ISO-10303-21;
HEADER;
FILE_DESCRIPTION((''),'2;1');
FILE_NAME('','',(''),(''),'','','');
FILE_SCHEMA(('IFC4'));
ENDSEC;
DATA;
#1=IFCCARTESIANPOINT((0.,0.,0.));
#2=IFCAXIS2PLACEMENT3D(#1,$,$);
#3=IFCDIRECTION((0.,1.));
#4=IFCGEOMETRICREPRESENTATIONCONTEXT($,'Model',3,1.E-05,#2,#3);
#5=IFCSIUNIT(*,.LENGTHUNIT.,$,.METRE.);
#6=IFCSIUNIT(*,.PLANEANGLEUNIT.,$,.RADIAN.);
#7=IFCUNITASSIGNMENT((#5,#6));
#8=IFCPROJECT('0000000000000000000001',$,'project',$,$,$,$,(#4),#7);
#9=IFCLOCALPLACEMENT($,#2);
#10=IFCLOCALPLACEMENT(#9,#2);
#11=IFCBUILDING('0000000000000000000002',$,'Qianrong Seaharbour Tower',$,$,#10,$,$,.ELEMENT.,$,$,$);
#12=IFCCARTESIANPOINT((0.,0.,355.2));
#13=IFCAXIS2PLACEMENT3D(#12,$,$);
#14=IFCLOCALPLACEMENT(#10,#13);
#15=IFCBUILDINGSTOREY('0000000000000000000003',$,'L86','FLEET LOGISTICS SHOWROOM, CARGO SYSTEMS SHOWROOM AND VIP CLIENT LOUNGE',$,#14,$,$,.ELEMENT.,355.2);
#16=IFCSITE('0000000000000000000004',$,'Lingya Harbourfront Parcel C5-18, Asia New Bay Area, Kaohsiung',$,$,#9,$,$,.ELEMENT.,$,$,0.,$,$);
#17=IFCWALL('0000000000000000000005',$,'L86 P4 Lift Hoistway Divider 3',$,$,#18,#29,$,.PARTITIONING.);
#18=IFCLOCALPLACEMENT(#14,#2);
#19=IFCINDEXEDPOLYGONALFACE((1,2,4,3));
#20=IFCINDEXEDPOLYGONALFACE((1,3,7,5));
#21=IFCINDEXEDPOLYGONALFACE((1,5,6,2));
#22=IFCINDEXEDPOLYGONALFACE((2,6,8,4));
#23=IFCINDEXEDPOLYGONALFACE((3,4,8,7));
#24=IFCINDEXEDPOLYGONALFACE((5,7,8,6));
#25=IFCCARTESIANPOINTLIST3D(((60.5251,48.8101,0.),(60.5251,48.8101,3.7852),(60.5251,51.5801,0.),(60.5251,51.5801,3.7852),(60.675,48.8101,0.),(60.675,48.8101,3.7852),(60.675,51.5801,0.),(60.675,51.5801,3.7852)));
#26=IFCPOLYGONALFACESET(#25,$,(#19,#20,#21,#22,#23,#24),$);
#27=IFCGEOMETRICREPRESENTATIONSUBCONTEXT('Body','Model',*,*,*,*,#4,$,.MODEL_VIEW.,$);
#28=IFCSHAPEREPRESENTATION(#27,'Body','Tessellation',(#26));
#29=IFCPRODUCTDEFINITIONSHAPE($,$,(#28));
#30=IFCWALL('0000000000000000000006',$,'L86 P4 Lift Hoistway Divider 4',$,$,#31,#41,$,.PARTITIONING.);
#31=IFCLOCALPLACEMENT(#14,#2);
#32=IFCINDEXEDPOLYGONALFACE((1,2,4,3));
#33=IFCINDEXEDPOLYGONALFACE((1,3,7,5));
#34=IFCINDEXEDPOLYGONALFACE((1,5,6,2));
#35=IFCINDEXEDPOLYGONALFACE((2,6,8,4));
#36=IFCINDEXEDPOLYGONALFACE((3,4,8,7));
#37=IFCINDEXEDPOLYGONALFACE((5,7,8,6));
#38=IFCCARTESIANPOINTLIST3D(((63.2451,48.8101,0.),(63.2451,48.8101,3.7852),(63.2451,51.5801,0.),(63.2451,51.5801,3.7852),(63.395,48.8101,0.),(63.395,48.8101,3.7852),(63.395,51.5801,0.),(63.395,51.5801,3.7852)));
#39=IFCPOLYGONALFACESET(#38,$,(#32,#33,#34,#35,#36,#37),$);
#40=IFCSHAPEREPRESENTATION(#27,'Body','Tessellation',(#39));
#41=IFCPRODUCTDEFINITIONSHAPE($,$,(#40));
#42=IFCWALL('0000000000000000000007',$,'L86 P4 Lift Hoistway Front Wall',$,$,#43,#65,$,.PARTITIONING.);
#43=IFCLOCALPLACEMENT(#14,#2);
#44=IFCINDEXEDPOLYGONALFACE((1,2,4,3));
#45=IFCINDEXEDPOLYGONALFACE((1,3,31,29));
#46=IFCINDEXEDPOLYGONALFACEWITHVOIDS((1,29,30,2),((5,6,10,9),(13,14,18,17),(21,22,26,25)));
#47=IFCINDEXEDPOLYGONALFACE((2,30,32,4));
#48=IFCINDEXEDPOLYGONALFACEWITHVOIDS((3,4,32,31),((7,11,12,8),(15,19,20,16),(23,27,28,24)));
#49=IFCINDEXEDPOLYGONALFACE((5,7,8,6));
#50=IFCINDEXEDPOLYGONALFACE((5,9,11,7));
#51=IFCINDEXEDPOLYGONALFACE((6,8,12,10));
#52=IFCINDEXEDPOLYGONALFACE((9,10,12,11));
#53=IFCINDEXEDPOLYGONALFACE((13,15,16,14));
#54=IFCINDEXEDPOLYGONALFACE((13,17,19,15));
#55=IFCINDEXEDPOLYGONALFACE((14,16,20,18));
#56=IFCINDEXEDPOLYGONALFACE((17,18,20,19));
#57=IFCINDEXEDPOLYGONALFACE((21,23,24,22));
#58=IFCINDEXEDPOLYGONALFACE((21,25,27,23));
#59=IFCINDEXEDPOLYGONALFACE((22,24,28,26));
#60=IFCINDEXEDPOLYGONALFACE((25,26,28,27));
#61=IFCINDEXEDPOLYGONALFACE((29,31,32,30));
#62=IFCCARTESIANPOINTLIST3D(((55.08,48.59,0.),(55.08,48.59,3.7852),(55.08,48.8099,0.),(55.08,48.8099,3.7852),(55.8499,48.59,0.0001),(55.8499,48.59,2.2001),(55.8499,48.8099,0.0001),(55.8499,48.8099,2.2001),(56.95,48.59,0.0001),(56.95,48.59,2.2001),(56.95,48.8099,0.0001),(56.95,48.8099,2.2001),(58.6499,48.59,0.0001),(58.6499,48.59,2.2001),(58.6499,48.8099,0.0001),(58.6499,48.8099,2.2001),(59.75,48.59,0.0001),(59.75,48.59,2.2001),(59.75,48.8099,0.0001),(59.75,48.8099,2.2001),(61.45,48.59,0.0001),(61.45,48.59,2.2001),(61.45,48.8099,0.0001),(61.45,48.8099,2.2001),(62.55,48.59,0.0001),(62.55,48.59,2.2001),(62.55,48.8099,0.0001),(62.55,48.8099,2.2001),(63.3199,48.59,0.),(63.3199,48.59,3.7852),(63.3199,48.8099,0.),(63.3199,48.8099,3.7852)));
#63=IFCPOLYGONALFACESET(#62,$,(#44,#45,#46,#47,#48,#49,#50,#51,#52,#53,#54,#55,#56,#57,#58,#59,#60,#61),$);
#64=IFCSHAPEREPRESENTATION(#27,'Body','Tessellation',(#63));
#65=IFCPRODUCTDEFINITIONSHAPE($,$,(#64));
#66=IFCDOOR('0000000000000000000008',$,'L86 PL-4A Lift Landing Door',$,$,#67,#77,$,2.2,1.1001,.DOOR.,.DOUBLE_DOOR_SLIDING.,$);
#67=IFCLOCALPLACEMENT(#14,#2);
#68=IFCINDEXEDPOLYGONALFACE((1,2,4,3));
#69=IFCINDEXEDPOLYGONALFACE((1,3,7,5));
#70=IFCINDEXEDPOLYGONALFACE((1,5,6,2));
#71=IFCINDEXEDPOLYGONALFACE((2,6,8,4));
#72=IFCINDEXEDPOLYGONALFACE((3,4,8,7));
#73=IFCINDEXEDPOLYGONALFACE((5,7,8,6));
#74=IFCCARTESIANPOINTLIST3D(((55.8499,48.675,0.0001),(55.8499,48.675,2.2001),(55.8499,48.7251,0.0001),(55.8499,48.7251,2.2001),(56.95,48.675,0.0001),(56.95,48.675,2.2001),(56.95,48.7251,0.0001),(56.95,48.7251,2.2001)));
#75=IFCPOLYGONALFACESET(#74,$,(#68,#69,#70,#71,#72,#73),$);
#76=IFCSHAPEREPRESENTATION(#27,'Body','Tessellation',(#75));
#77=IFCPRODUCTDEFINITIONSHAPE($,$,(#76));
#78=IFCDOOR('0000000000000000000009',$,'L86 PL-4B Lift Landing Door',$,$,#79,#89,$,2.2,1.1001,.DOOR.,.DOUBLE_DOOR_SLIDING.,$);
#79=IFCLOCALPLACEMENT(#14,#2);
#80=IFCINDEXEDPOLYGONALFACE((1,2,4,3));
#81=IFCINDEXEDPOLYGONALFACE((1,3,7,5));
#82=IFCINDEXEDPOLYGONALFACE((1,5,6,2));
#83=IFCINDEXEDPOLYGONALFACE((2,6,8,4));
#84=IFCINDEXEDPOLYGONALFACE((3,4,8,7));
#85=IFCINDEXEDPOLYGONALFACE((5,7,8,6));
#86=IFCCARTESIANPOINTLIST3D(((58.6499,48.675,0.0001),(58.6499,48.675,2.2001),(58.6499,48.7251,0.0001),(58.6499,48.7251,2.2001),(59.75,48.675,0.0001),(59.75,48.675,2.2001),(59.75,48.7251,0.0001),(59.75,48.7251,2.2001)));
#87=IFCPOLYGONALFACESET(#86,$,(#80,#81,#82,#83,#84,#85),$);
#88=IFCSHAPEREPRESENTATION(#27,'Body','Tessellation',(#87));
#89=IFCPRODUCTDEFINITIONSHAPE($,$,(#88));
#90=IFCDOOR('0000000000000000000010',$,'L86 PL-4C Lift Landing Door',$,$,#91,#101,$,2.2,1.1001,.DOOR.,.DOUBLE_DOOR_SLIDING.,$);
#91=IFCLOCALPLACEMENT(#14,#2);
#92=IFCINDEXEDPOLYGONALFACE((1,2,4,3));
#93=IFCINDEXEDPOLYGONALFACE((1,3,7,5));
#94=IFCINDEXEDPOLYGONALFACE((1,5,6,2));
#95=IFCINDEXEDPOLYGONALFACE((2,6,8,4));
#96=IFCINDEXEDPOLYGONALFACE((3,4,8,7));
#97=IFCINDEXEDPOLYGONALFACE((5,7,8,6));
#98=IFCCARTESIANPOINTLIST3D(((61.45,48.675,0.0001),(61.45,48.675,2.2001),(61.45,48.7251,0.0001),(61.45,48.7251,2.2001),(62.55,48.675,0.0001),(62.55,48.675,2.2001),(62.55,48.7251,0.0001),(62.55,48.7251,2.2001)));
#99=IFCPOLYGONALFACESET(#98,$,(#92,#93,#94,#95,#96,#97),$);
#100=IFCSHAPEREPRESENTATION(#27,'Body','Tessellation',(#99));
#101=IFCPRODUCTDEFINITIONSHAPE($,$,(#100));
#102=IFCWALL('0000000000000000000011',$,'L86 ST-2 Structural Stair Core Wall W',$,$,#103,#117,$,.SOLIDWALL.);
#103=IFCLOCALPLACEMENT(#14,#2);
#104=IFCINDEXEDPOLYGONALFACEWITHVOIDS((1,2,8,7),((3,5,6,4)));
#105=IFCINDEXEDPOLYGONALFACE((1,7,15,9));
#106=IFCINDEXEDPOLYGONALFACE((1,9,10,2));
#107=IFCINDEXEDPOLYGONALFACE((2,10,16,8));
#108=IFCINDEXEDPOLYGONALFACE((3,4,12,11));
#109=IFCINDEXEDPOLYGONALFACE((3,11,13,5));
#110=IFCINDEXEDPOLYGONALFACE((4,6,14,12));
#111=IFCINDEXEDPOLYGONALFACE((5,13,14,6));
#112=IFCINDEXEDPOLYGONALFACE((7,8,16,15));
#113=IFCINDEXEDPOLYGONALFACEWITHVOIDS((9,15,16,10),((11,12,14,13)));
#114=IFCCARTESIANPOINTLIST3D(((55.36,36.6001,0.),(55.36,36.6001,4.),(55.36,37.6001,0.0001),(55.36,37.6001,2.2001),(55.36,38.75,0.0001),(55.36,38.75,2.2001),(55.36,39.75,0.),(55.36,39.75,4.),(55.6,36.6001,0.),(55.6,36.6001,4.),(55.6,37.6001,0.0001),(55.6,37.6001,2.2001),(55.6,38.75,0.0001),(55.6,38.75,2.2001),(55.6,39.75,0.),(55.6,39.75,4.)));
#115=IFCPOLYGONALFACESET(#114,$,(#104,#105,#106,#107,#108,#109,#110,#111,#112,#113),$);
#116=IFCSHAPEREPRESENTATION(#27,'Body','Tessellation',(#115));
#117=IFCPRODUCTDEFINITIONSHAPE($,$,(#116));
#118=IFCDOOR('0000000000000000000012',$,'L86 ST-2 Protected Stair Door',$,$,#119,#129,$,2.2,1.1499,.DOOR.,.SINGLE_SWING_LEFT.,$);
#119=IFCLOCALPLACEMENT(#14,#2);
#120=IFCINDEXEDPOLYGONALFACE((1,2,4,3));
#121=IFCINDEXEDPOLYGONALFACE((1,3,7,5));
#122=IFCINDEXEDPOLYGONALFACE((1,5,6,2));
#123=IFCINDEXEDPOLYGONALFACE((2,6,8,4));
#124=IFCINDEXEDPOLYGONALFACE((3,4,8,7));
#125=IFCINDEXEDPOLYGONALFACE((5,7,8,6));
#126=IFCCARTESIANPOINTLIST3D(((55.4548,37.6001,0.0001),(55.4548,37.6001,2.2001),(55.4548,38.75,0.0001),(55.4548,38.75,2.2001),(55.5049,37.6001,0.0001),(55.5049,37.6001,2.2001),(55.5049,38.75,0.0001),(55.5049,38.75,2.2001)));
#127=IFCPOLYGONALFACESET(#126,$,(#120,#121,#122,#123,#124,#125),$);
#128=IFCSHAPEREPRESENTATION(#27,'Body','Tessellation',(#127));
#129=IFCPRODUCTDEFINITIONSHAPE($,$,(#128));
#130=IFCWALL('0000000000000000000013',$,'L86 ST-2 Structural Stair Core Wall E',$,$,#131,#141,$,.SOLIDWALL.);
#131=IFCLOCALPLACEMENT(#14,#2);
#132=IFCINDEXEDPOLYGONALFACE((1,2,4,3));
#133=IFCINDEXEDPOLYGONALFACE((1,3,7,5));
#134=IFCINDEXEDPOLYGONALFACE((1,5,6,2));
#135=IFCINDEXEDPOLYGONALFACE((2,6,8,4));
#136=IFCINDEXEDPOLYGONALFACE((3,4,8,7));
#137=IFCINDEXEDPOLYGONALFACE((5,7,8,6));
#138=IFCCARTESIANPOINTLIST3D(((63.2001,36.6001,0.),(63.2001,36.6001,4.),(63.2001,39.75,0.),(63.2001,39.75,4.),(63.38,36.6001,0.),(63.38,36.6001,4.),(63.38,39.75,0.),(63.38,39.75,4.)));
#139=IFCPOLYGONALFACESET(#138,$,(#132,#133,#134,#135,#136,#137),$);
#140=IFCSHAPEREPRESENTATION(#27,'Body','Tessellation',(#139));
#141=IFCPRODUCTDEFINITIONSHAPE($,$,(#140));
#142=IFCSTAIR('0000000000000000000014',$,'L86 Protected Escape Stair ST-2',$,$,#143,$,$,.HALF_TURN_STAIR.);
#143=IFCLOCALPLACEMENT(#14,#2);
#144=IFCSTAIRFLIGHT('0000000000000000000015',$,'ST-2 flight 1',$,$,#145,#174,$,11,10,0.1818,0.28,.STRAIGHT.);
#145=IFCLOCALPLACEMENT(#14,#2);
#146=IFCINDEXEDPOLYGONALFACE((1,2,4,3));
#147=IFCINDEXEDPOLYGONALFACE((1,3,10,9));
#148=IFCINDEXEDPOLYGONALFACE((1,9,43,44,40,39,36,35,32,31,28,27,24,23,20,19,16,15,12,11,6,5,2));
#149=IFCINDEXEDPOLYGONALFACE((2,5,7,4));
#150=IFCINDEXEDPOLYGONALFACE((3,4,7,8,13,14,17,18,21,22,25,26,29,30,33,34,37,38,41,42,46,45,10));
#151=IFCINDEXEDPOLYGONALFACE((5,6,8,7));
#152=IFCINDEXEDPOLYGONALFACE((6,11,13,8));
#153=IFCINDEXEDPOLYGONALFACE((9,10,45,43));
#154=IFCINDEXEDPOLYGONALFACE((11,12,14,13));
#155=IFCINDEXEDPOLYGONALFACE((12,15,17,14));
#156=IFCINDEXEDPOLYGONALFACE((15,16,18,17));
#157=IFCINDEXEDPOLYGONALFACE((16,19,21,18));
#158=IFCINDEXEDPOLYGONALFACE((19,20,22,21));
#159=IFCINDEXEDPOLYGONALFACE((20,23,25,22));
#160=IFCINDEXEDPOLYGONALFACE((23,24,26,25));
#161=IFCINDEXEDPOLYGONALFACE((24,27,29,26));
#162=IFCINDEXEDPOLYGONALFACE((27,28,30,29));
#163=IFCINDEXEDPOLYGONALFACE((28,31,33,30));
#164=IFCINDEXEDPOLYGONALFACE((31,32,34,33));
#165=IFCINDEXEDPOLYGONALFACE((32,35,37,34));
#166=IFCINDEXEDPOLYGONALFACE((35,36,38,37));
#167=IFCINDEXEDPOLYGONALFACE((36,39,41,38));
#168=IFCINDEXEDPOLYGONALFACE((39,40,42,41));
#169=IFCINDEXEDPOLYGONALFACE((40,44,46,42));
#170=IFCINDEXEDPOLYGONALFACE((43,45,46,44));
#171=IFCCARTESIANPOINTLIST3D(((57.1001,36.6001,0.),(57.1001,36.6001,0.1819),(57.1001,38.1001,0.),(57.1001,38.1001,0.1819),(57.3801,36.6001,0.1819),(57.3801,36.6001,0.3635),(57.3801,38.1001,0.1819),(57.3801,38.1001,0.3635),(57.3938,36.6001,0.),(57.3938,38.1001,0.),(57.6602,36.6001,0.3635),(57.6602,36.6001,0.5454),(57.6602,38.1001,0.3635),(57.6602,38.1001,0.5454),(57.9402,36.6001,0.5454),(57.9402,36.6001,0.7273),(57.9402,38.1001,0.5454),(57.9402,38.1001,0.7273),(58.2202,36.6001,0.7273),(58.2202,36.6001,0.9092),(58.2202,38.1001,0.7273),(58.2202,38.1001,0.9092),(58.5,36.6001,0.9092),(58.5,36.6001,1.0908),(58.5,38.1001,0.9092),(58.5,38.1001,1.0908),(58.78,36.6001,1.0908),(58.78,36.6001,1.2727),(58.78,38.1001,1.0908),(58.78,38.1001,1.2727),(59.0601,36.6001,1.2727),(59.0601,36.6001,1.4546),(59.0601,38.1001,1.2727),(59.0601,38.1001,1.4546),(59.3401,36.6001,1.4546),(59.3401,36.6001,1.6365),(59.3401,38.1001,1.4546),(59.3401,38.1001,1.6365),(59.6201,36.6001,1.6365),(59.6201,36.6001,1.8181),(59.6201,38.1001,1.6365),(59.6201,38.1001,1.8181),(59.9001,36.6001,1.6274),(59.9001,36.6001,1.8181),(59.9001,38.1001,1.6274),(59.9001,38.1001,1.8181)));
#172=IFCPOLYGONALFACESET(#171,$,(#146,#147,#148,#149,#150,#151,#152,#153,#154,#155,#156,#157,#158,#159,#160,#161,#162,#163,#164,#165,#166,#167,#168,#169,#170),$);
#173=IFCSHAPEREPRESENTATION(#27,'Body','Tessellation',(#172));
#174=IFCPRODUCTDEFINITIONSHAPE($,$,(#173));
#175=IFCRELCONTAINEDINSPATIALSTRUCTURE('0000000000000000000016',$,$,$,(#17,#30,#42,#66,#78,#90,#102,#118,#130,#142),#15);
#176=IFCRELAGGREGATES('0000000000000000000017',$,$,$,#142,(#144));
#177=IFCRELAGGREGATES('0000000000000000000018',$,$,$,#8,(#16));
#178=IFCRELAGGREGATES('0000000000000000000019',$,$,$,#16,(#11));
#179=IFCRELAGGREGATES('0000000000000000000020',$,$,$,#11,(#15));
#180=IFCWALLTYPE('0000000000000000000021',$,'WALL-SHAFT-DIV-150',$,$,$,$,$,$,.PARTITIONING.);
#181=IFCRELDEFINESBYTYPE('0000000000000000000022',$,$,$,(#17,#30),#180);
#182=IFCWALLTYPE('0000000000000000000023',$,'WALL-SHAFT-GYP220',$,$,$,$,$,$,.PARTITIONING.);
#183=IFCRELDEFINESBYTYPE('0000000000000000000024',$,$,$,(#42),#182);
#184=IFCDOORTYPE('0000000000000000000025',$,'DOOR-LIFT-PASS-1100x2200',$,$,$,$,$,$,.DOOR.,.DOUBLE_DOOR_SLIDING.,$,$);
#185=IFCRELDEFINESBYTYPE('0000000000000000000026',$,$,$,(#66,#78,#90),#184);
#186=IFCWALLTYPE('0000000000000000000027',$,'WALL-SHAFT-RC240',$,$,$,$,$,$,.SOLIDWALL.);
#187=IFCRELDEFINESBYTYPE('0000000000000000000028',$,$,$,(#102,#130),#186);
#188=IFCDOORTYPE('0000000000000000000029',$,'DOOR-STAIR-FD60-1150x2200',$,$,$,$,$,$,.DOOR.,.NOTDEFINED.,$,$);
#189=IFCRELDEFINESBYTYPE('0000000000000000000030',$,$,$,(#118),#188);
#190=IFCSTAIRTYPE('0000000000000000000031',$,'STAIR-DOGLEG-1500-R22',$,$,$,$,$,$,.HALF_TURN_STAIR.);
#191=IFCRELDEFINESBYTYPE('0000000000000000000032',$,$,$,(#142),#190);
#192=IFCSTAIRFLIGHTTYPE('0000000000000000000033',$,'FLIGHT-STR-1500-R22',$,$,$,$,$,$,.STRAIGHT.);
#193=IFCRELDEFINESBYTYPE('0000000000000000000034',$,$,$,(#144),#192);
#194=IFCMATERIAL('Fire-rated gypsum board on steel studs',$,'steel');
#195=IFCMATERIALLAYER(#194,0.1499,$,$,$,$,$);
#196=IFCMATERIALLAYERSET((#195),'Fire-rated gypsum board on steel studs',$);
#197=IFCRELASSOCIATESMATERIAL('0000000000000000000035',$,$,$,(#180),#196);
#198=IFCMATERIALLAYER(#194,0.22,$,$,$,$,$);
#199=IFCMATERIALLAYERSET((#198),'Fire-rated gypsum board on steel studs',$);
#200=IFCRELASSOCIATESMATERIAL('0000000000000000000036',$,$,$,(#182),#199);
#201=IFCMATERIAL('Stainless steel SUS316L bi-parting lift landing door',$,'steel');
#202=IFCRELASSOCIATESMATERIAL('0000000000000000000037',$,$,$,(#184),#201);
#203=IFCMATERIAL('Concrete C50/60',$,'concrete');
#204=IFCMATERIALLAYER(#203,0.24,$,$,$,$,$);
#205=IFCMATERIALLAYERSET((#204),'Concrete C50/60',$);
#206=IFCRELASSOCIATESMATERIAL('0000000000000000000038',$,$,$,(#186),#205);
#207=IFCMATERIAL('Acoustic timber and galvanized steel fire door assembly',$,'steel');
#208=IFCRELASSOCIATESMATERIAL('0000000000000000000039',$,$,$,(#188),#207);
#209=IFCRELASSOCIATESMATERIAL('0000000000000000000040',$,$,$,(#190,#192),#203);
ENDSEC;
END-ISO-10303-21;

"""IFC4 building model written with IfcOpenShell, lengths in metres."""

from ifc_helpers import new_model, si_unit, direction, frame, frame_2d, origin, place, context, subcontext, project, spatial, polyline, rectangle, outline, extrude, material, layer, layer_set, type_object, element, fill, aggregate, save


model = new_model("IFC4")

# Units and contexts
model_context = context("Model", 3, precision=1e-05, world=origin(), true_north=direction((0.0, 1.0)))
body_context = subcontext(model_context, "Body", "Model", "MODEL_VIEW")
ifc_project = project(units=[si_unit("LENGTHUNIT", "METRE"), si_unit("PLANEANGLEUNIT", "RADIAN")], contexts=[model_context])

# Site, building, storey
site_placement = place(None, origin())
site = spatial("IfcSite", under=ifc_project, at=site_placement, Name="Lingya Harbourfront Parcel C5-18, Asia New Bay Area, Kaohsiung", CompositionType="ELEMENT", RefElevation=0.0)
building_placement = place(site_placement, origin())
building = spatial("IfcBuilding", under=site, at=building_placement, Name="Qianrong Seaharbour Tower", CompositionType="ELEMENT")
storey_placement = place(building_placement, frame((0.0, 0.0, 355.2)))
storey = spatial("IfcBuildingStorey", under=building, at=storey_placement, Name="L86", Description="FLEET LOGISTICS SHOWROOM, CARGO SYSTEMS SHOWROOM AND VIP CLIENT LOUNGE", CompositionType="ELEMENT", Elevation=355.2)

# Shared definitions
ifc_material_1 = material(Name="Concrete C50/60", Category="concrete")

# Shared definitions
ifc_material_2 = material(Name="Acoustic timber and galvanized steel fire door assembly", Category="steel")

# Walls
ifc_material_3 = material(Name="Fire-rated gypsum board on steel studs", Category="steel")
ifc_layer_1 = layer(ifc_material_3, 0.1499)
ifc_layer_set_1 = layer_set([ifc_layer_1], Name="Fire-rated gypsum board on steel studs")
wall_type_1 = type_object("IfcWallType", Name="WALL-SHAFT-DIV-150", PredefinedType="PARTITIONING", material=ifc_layer_set_1)
for number, where, z_axis, x_axis, name in (
    (1, (60.6001, 48.8101, 0.0), (0.0, 0.0, 1.0), (0.0, 1.0, 0.0), "L86 P4 Lift Hoistway Divider 3"),
    (2, (63.3201, 48.8101, 0.0), (0.0, 0.0, 1.0), (0.0, 1.0, 0.0), "L86 P4 Lift Hoistway Divider 4"),
):
    element("IfcWall", number, at=place(storey_placement, frame(where, z_axis=z_axis, x_axis=x_axis)), inside=storey, type_object=wall_type_1, Name=name, PredefinedType="PARTITIONING", context=body_context, shape_type="SweptSolid", body=[
        extrude(rectangle(XDim=2.77, YDim=0.1499, at=frame_2d((1.385, 0.0))), origin(), (0.0, 0.0, 1.0), 3.7852),
    ])

# Wall, openings, doors
ifc_layer_2 = layer(ifc_material_3, 0.22)
ifc_layer_set_2 = layer_set([ifc_layer_2], Name="Fire-rated gypsum board on steel studs")
wall_type_2 = type_object("IfcWallType", Name="WALL-SHAFT-GYP220", PredefinedType="PARTITIONING", material=ifc_layer_set_2)
wall_1_placement = place(storey_placement, frame((63.3201, 48.7, 0.0), z_axis=(0.0, 0.0, 1.0), x_axis=(-1.0, 0.0, 0.0)))
wall_1 = element("IfcWall", 3, at=wall_1_placement, inside=storey, type_object=wall_type_2, Name="L86 P4 Lift Hoistway Front Wall", PredefinedType="PARTITIONING", context=body_context, shape_type="SweptSolid", body=[
    extrude(rectangle(XDim=8.24, YDim=0.22, at=frame_2d((4.1201, 0.0))), origin(), (0.0, 0.0, 1.0), 3.7852),
])
opening_1_placement = place(wall_1_placement, frame((6.3701, 0.0, 0.0)))
opening_1 = element("IfcOpeningElement", 4, at=opening_1_placement, cuts=wall_1, PredefinedType="OPENING", context=body_context, shape_type="SweptSolid", body=[
    extrude(rectangle(XDim=1.1001, YDim=2.2, at=frame_2d((0.55, 1.1001))), frame((0.0, 0.1201, 0.0), z_axis=(0.0, -1.0, 0.0), x_axis=(1.0, 0.0, 0.0)), (0.0, 0.0, 1.0), 0.24),
])
opening_2_placement = place(wall_1_placement, frame((3.5701, 0.0, 0.0)))
opening_2 = element("IfcOpeningElement", 5, at=opening_2_placement, cuts=wall_1, PredefinedType="OPENING", context=body_context, shape_type="SweptSolid", body=[
    extrude(rectangle(XDim=1.1001, YDim=2.2, at=frame_2d((0.55, 1.1001))), frame((0.0, 0.1201, 0.0), z_axis=(0.0, -1.0, 0.0), x_axis=(1.0, 0.0, 0.0)), (0.0, 0.0, 1.0), 0.24),
])
opening_3_placement = place(wall_1_placement, frame((0.77, 0.0, 0.0)))
opening_3 = element("IfcOpeningElement", 6, at=opening_3_placement, cuts=wall_1, PredefinedType="OPENING", context=body_context, shape_type="SweptSolid", body=[
    extrude(rectangle(XDim=1.1001, YDim=2.2, at=frame_2d((0.55, 1.1001))), frame((0.0, 0.1201, 0.0), z_axis=(0.0, -1.0, 0.0), x_axis=(1.0, 0.0, 0.0)), (0.0, 0.0, 1.0), 0.24),
])
ifc_material_4 = material(Name="Stainless steel SUS316L bi-parting lift landing door", Category="steel")
door_type_1 = type_object("IfcDoorType", Name="DOOR-LIFT-PASS-1100x2200", OperationType="DOUBLE_DOOR_SLIDING", PredefinedType="DOOR", material=ifc_material_4)
door_1_placement = place(opening_1_placement, origin())
door_1 = element("IfcDoor", 7, at=door_1_placement, inside=storey, type_object=door_type_1, Name="L86 PL-4A Lift Landing Door", OperationType="DOUBLE_DOOR_SLIDING", OverallHeight=2.2, OverallWidth=1.1001, PredefinedType="DOOR", context=body_context, shape_type="SweptSolid", body=[
    extrude(rectangle(XDim=1.1001, YDim=2.2, at=frame_2d((0.55, 1.1001))), frame((0.0, 0.0249, 0.0), z_axis=(0.0, -1.0, 0.0), x_axis=(1.0, 0.0, 0.0)), (0.0, 0.0, 1.0), 0.05),
])
fill(opening_1, door_1)
door_2_placement = place(opening_2_placement, origin())
door_2 = element("IfcDoor", 8, at=door_2_placement, inside=storey, type_object=door_type_1, Name="L86 PL-4B Lift Landing Door", OperationType="DOUBLE_DOOR_SLIDING", OverallHeight=2.2, OverallWidth=1.1001, PredefinedType="DOOR", context=body_context, shape_type="SweptSolid", body=[
    extrude(rectangle(XDim=1.1001, YDim=2.2, at=frame_2d((0.55, 1.1001))), frame((0.0, 0.0249, 0.0), z_axis=(0.0, -1.0, 0.0), x_axis=(1.0, 0.0, 0.0)), (0.0, 0.0, 1.0), 0.05),
])
fill(opening_2, door_2)
door_3_placement = place(opening_3_placement, origin())
door_3 = element("IfcDoor", 9, at=door_3_placement, inside=storey, type_object=door_type_1, Name="L86 PL-4C Lift Landing Door", OperationType="DOUBLE_DOOR_SLIDING", OverallHeight=2.2, OverallWidth=1.1001, PredefinedType="DOOR", context=body_context, shape_type="SweptSolid", body=[
    extrude(rectangle(XDim=1.1001, YDim=2.2, at=frame_2d((0.55, 1.1001))), frame((0.0, 0.0249, 0.0), z_axis=(0.0, -1.0, 0.0), x_axis=(1.0, 0.0, 0.0)), (0.0, 0.0, 1.0), 0.05),
])
fill(opening_3, door_3)

# Wall, opening, door
ifc_layer_3 = layer(ifc_material_1, 0.24)
ifc_layer_set_3 = layer_set([ifc_layer_3], Name="Concrete C50/60")
wall_type_3 = type_object("IfcWallType", Name="WALL-SHAFT-RC240", PredefinedType="SOLIDWALL", material=ifc_layer_set_3)
wall_2_placement = place(storey_placement, frame((55.48, 39.75, 0.0), z_axis=(0.0, 0.0, 1.0), x_axis=(0.0, -1.0, 0.0)))
wall_2 = element("IfcWall", 10, at=wall_2_placement, inside=storey, type_object=wall_type_3, Name="L86 ST-2 Structural Stair Core Wall W", PredefinedType="SOLIDWALL", context=body_context, shape_type="SweptSolid", body=[
    extrude(rectangle(XDim=3.1499, YDim=0.24, at=frame_2d((1.575, 0.0))), origin(), (0.0, 0.0, 1.0), 4.0),
])
opening_4_placement = place(wall_2_placement, frame((1.0, 0.0, 0.0)))
opening_4 = element("IfcOpeningElement", 11, at=opening_4_placement, cuts=wall_2, PredefinedType="OPENING", context=body_context, shape_type="SweptSolid", body=[
    extrude(rectangle(XDim=1.1499, YDim=2.2, at=frame_2d((0.575, 1.1001))), frame((0.0, 0.1299, 0.0), z_axis=(0.0, -1.0, 0.0), x_axis=(1.0, 0.0, 0.0)), (0.0, 0.0, 1.0), 0.26),
])
door_type_2 = type_object("IfcDoorType", Name="DOOR-STAIR-FD60-1150x2200", OperationType="NOTDEFINED", PredefinedType="DOOR", material=ifc_material_2)
door_4_placement = place(opening_4_placement, origin())
door_4 = element("IfcDoor", 12, at=door_4_placement, inside=storey, type_object=door_type_2, Name="L86 ST-2 Protected Stair Door", OperationType="SINGLE_SWING_LEFT", OverallHeight=2.2, OverallWidth=1.1499, PredefinedType="DOOR", context=body_context, shape_type="SweptSolid", body=[
    extrude(rectangle(XDim=1.1499, YDim=2.2, at=frame_2d((0.575, 1.1001))), frame((0.0, 0.0249, 0.0), z_axis=(0.0, -1.0, 0.0), x_axis=(1.0, 0.0, 0.0)), (0.0, 0.0, 1.0), 0.05),
])
fill(opening_4, door_4)

# Wall
wall_3_placement = place(storey_placement, frame((63.29, 36.6001, 0.0), z_axis=(0.0, 0.0, 1.0), x_axis=(0.0, 1.0, 0.0)))
element("IfcWall", 13, at=wall_3_placement, inside=storey, type_object=wall_type_3, Name="L86 ST-2 Structural Stair Core Wall E", PredefinedType="SOLIDWALL", context=body_context, shape_type="SweptSolid", body=[
    extrude(rectangle(XDim=3.1499, YDim=0.1799, at=frame_2d((1.575, 0.0))), origin(), (0.0, 0.0, 1.0), 4.0),
])

# Stair, stair flight
stair_type = type_object("IfcStairType", Name="STAIR-DOGLEG-1500-R22", PredefinedType="HALF_TURN_STAIR", material=ifc_material_1)
stair_placement = place(storey_placement, origin())
stair = element("IfcStair", 14, at=stair_placement, inside=storey, type_object=stair_type, Name="L86 Protected Escape Stair ST-2", PredefinedType="HALF_TURN_STAIR")
stair_flight_type = type_object("IfcStairFlightType", Name="FLIGHT-STR-1500-R22", PredefinedType="STRAIGHT", material=ifc_material_1)
stair_flight_1_placement = place(storey_placement, frame((57.1001, 37.3501, 0.0), z_axis=(0.0, 0.0, 1.0), x_axis=(1.0, 0.0, 0.0)))
stair_flight_1 = element("IfcStairFlight", 15, at=stair_flight_1_placement, type_object=stair_flight_type, Name="ST-2 flight 1", NumberOfRisers=11, NumberOfTreads=10, PredefinedType="STRAIGHT", RiserHeight=0.1818, TreadLength=0.28, context=body_context, shape_type="SweptSolid", body=[
    extrude(outline(polyline([(0.0, 0.0), (0.0, 0.1819), (0.28, 0.1819), (0.28, 0.3635), (0.5601, 0.3635), (0.5601, 0.5454), (0.8401, 0.5454), (0.8401, 0.7273), (1.1201, 0.7273), (1.1201, 0.9092), (1.3999, 0.9092), (1.3999, 1.0908), (1.6799, 1.0908), (1.6799, 1.2727), (1.96, 1.2727), (1.96, 1.4546), (2.24, 1.4546), (2.24, 1.6365), (2.52, 1.6365), (2.52, 1.8181), (2.8, 1.8181), (2.8, 2.0), (2.8, 1.6274), (0.2937, 0.0), (0.0, 0.0)])), frame((0.0, 0.75, 0.0), z_axis=(0.0, -1.0, 0.0), x_axis=(1.0, 0.0, 0.0)), (0.0, 0.0, 1.0), 1.5),
])
aggregate(stair, [stair_flight_1])

save(model, "model.ifc")
